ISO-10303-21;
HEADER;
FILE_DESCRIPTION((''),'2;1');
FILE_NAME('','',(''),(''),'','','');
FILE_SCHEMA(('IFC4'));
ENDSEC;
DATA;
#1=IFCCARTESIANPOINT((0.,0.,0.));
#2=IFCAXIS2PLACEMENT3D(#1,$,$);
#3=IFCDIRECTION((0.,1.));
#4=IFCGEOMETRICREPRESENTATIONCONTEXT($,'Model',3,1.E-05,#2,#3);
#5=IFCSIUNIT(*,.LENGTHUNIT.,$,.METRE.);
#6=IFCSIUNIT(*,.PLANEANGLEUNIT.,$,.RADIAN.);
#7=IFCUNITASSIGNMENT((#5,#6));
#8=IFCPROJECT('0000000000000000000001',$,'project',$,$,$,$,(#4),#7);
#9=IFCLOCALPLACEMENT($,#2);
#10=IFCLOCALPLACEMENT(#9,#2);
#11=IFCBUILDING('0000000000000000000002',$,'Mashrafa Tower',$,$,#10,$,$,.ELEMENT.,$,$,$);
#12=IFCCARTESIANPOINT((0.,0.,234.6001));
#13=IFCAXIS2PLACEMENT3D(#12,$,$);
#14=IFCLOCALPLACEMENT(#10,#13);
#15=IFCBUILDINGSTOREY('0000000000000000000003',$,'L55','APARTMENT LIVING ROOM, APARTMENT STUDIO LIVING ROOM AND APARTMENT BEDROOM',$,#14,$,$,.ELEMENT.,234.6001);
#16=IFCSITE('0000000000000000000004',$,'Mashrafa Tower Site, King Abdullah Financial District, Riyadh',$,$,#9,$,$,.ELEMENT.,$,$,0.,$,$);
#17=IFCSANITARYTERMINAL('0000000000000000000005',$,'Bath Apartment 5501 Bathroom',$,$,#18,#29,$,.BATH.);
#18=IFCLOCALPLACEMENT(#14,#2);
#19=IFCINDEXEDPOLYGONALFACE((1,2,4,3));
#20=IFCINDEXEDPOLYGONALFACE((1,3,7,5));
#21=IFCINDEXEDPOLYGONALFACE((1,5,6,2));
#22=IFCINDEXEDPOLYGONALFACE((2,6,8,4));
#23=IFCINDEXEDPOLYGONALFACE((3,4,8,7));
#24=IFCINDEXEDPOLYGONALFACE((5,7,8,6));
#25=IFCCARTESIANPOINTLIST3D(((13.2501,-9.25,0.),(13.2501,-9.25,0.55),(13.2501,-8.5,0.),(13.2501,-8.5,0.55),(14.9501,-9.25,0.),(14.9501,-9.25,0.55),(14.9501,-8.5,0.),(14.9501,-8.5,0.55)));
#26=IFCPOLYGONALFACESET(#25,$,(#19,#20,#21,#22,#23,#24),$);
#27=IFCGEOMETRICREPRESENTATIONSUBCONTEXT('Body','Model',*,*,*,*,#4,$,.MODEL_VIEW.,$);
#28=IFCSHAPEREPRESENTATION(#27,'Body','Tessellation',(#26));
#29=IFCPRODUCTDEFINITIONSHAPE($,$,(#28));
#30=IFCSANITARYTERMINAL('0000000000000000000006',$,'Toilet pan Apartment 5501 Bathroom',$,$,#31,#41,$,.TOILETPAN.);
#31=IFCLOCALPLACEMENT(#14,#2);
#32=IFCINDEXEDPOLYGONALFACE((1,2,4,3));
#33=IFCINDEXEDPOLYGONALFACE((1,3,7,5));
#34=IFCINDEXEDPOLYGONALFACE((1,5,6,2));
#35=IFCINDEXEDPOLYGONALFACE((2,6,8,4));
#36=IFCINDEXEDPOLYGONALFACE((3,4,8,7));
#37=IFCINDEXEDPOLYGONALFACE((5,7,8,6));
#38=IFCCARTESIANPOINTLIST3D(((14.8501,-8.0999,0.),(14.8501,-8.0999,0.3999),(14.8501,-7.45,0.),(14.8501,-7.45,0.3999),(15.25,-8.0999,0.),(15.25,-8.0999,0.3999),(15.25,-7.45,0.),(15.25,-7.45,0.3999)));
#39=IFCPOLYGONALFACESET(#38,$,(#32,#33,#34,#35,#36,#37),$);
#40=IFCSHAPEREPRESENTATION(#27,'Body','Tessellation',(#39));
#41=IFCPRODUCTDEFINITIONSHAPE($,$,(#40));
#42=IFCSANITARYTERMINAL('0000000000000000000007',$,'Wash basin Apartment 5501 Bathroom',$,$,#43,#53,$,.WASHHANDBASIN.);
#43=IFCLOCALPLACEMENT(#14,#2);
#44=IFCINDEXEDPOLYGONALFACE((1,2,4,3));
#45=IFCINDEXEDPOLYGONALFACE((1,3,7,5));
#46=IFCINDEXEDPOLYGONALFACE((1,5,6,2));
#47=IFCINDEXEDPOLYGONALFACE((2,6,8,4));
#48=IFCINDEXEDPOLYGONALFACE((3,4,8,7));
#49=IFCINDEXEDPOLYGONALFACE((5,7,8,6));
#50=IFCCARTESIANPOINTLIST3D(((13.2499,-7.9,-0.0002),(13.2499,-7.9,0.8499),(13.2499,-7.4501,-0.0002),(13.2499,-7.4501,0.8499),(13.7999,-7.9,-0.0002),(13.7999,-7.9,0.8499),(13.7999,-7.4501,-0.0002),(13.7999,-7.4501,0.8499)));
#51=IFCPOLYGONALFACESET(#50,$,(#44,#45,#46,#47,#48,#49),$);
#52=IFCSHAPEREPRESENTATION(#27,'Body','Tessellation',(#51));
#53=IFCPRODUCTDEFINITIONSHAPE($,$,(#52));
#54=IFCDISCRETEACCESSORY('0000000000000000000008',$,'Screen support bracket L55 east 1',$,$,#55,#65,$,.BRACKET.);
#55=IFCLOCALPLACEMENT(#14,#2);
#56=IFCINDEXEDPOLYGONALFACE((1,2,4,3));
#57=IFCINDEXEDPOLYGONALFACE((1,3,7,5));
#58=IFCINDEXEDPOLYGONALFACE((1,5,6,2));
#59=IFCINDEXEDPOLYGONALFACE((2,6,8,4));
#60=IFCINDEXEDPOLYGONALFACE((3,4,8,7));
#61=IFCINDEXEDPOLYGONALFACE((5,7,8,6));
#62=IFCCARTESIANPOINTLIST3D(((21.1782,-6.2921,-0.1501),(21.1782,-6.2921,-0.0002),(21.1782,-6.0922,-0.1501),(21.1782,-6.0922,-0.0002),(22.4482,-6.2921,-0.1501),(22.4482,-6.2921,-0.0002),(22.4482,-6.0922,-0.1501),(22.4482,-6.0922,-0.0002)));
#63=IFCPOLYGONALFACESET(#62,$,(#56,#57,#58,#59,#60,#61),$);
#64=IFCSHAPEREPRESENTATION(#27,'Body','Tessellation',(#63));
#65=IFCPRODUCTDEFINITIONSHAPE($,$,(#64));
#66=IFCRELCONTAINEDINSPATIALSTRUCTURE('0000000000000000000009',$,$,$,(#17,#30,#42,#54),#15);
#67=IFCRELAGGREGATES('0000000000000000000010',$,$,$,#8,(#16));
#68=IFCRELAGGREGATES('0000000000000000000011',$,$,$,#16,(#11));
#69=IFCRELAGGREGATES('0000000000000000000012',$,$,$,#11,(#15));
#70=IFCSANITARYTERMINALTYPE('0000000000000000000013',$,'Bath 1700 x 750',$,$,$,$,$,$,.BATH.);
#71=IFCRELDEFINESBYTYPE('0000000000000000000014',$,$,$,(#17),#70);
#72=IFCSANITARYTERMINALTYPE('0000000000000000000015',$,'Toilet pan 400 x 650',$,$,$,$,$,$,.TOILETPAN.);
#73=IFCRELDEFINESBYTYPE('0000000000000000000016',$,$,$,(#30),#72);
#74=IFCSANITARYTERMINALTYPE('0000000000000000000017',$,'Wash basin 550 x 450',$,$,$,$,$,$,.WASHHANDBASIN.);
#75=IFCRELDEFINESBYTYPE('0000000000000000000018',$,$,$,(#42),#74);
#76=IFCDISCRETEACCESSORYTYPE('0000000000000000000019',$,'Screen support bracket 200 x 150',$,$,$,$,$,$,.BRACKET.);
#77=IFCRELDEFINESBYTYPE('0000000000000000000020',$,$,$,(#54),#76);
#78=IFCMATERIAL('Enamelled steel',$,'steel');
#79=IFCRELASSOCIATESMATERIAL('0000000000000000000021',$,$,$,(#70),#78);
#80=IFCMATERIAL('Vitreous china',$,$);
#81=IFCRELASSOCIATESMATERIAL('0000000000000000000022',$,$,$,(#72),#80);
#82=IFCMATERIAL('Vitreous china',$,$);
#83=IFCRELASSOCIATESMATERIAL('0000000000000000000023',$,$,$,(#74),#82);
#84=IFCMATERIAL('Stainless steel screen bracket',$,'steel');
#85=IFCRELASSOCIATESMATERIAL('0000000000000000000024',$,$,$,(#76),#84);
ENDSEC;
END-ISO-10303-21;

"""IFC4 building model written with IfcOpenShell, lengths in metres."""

from ifc_helpers import new_model, si_unit, direction, frame, origin, origin_2d, place, context, subcontext, project, spatial, rectangle, extrude, source, transform, mapped, material, type_object, type_shapes, element, save


model = new_model("IFC4")

# Units and contexts
model_context = context("Model", 3, precision=1e-05, world=origin(), true_north=direction((0.0, 1.0)))
body_context = subcontext(model_context, "Body", "Model", "MODEL_VIEW")
ifc_project = project(units=[si_unit("LENGTHUNIT", "METRE"), si_unit("PLANEANGLEUNIT", "RADIAN")], contexts=[model_context])

# Site, building, storey
site_placement = place(None, origin())
site = spatial("IfcSite", under=ifc_project, at=site_placement, Name="Mashrafa Tower Site, King Abdullah Financial District, Riyadh", CompositionType="ELEMENT", RefElevation=0.0)
building_placement = place(site_placement, origin())
building = spatial("IfcBuilding", under=site, at=building_placement, Name="Mashrafa Tower", CompositionType="ELEMENT")
storey_placement = place(building_placement, frame((0.0, 0.0, 234.6001)))
storey = spatial("IfcBuildingStorey", under=building, at=storey_placement, Name="L55", Description="APARTMENT LIVING ROOM, APARTMENT STUDIO LIVING ROOM AND APARTMENT BEDROOM", CompositionType="ELEMENT", Elevation=234.6001)

# Sanitary terminals
ifc_material_1 = material(Name="Enamelled steel", Category="steel")
sanitary_terminal_type_1 = type_object("IfcSanitaryTerminalType", Name="Bath 1700 x 750", PredefinedType="BATH", material=ifc_material_1)
sanitary_terminal_1_placement = place(storey_placement, frame((14.1001, -8.875, 0.0), z_axis=(0.0, 0.0, 1.0), x_axis=(1.0, 0.0, 0.0)))
element("IfcSanitaryTerminal", 1, at=sanitary_terminal_1_placement, inside=storey, type_object=sanitary_terminal_type_1, Name="Bath Apartment 5501 Bathroom", PredefinedType="BATH", context=body_context, shape_type="SweptSolid", body=[
    extrude(rectangle(XDim=1.7, YDim=0.75, at=origin_2d()), origin(), (0.0, 0.0, 1.0), 0.55),
])
ifc_material_2 = material(Name="Vitreous china")
sanitary_terminal_type_2 = type_object("IfcSanitaryTerminalType", Name="Toilet pan 400 x 650", PredefinedType="TOILETPAN", material=ifc_material_2)
sanitary_terminal_2_placement = place(storey_placement, frame((15.05, -7.7749, 0.0), z_axis=(0.0, 0.0, 1.0), x_axis=(-1.0, 0.0, 0.0)))
element("IfcSanitaryTerminal", 2, at=sanitary_terminal_2_placement, inside=storey, type_object=sanitary_terminal_type_2, Name="Toilet pan Apartment 5501 Bathroom", PredefinedType="TOILETPAN", context=body_context, shape_type="SweptSolid", body=[
    extrude(rectangle(XDim=0.3999, YDim=0.6499, at=origin_2d()), origin(), (0.0, 0.0, 1.0), 0.3999),
])
ifc_material_3 = material(Name="Vitreous china")
sanitary_terminal_type_3 = type_object("IfcSanitaryTerminalType", Name="Wash basin 550 x 450", PredefinedType="WASHHANDBASIN", material=ifc_material_3)
sanitary_terminal_3_placement = place(storey_placement, frame((13.5249, -7.675, -0.0002), z_axis=(0.0, 0.0, 1.0), x_axis=(-1.0, 0.0, 0.0)))
element("IfcSanitaryTerminal", 3, at=sanitary_terminal_3_placement, inside=storey, type_object=sanitary_terminal_type_3, Name="Wash basin Apartment 5501 Bathroom", PredefinedType="WASHHANDBASIN", context=body_context, shape_type="SweptSolid", body=[
    extrude(rectangle(XDim=0.55, YDim=0.45, at=origin_2d()), origin(), (0.0, 0.0, 1.0), 0.8501),
])

# Discrete accessory
ifc_material_4 = material(Name="Stainless steel screen bracket", Category="steel")
discrete_accessory_type = type_object("IfcDiscreteAccessoryType", Name="Screen support bracket 200 x 150", PredefinedType="BRACKET", material=ifc_material_4)
shared_shape_1 = source(origin(), body_context, "Body", "SweptSolid", [
    extrude(rectangle(XDim=0.2, YDim=1.27, at=origin_2d()), origin(), (0.0, 0.0, 1.0), 0.1499),
])
type_shapes(discrete_accessory_type, [shared_shape_1])
discrete_accessory_placement = place(storey_placement, frame((21.8132, -6.1921, -0.1501), z_axis=(0.0, 0.0, 1.0), x_axis=(0.0, 1.0, 0.0)))
element("IfcDiscreteAccessory", 4, at=discrete_accessory_placement, inside=storey, type_object=discrete_accessory_type, Name="Screen support bracket L55 east 1", PredefinedType="BRACKET", context=body_context, shape_type="MappedRepresentation", body=[
    mapped(shared_shape_1, transform((0.0, 0.0, 0.0))),
])

save(model, "model.ifc")
